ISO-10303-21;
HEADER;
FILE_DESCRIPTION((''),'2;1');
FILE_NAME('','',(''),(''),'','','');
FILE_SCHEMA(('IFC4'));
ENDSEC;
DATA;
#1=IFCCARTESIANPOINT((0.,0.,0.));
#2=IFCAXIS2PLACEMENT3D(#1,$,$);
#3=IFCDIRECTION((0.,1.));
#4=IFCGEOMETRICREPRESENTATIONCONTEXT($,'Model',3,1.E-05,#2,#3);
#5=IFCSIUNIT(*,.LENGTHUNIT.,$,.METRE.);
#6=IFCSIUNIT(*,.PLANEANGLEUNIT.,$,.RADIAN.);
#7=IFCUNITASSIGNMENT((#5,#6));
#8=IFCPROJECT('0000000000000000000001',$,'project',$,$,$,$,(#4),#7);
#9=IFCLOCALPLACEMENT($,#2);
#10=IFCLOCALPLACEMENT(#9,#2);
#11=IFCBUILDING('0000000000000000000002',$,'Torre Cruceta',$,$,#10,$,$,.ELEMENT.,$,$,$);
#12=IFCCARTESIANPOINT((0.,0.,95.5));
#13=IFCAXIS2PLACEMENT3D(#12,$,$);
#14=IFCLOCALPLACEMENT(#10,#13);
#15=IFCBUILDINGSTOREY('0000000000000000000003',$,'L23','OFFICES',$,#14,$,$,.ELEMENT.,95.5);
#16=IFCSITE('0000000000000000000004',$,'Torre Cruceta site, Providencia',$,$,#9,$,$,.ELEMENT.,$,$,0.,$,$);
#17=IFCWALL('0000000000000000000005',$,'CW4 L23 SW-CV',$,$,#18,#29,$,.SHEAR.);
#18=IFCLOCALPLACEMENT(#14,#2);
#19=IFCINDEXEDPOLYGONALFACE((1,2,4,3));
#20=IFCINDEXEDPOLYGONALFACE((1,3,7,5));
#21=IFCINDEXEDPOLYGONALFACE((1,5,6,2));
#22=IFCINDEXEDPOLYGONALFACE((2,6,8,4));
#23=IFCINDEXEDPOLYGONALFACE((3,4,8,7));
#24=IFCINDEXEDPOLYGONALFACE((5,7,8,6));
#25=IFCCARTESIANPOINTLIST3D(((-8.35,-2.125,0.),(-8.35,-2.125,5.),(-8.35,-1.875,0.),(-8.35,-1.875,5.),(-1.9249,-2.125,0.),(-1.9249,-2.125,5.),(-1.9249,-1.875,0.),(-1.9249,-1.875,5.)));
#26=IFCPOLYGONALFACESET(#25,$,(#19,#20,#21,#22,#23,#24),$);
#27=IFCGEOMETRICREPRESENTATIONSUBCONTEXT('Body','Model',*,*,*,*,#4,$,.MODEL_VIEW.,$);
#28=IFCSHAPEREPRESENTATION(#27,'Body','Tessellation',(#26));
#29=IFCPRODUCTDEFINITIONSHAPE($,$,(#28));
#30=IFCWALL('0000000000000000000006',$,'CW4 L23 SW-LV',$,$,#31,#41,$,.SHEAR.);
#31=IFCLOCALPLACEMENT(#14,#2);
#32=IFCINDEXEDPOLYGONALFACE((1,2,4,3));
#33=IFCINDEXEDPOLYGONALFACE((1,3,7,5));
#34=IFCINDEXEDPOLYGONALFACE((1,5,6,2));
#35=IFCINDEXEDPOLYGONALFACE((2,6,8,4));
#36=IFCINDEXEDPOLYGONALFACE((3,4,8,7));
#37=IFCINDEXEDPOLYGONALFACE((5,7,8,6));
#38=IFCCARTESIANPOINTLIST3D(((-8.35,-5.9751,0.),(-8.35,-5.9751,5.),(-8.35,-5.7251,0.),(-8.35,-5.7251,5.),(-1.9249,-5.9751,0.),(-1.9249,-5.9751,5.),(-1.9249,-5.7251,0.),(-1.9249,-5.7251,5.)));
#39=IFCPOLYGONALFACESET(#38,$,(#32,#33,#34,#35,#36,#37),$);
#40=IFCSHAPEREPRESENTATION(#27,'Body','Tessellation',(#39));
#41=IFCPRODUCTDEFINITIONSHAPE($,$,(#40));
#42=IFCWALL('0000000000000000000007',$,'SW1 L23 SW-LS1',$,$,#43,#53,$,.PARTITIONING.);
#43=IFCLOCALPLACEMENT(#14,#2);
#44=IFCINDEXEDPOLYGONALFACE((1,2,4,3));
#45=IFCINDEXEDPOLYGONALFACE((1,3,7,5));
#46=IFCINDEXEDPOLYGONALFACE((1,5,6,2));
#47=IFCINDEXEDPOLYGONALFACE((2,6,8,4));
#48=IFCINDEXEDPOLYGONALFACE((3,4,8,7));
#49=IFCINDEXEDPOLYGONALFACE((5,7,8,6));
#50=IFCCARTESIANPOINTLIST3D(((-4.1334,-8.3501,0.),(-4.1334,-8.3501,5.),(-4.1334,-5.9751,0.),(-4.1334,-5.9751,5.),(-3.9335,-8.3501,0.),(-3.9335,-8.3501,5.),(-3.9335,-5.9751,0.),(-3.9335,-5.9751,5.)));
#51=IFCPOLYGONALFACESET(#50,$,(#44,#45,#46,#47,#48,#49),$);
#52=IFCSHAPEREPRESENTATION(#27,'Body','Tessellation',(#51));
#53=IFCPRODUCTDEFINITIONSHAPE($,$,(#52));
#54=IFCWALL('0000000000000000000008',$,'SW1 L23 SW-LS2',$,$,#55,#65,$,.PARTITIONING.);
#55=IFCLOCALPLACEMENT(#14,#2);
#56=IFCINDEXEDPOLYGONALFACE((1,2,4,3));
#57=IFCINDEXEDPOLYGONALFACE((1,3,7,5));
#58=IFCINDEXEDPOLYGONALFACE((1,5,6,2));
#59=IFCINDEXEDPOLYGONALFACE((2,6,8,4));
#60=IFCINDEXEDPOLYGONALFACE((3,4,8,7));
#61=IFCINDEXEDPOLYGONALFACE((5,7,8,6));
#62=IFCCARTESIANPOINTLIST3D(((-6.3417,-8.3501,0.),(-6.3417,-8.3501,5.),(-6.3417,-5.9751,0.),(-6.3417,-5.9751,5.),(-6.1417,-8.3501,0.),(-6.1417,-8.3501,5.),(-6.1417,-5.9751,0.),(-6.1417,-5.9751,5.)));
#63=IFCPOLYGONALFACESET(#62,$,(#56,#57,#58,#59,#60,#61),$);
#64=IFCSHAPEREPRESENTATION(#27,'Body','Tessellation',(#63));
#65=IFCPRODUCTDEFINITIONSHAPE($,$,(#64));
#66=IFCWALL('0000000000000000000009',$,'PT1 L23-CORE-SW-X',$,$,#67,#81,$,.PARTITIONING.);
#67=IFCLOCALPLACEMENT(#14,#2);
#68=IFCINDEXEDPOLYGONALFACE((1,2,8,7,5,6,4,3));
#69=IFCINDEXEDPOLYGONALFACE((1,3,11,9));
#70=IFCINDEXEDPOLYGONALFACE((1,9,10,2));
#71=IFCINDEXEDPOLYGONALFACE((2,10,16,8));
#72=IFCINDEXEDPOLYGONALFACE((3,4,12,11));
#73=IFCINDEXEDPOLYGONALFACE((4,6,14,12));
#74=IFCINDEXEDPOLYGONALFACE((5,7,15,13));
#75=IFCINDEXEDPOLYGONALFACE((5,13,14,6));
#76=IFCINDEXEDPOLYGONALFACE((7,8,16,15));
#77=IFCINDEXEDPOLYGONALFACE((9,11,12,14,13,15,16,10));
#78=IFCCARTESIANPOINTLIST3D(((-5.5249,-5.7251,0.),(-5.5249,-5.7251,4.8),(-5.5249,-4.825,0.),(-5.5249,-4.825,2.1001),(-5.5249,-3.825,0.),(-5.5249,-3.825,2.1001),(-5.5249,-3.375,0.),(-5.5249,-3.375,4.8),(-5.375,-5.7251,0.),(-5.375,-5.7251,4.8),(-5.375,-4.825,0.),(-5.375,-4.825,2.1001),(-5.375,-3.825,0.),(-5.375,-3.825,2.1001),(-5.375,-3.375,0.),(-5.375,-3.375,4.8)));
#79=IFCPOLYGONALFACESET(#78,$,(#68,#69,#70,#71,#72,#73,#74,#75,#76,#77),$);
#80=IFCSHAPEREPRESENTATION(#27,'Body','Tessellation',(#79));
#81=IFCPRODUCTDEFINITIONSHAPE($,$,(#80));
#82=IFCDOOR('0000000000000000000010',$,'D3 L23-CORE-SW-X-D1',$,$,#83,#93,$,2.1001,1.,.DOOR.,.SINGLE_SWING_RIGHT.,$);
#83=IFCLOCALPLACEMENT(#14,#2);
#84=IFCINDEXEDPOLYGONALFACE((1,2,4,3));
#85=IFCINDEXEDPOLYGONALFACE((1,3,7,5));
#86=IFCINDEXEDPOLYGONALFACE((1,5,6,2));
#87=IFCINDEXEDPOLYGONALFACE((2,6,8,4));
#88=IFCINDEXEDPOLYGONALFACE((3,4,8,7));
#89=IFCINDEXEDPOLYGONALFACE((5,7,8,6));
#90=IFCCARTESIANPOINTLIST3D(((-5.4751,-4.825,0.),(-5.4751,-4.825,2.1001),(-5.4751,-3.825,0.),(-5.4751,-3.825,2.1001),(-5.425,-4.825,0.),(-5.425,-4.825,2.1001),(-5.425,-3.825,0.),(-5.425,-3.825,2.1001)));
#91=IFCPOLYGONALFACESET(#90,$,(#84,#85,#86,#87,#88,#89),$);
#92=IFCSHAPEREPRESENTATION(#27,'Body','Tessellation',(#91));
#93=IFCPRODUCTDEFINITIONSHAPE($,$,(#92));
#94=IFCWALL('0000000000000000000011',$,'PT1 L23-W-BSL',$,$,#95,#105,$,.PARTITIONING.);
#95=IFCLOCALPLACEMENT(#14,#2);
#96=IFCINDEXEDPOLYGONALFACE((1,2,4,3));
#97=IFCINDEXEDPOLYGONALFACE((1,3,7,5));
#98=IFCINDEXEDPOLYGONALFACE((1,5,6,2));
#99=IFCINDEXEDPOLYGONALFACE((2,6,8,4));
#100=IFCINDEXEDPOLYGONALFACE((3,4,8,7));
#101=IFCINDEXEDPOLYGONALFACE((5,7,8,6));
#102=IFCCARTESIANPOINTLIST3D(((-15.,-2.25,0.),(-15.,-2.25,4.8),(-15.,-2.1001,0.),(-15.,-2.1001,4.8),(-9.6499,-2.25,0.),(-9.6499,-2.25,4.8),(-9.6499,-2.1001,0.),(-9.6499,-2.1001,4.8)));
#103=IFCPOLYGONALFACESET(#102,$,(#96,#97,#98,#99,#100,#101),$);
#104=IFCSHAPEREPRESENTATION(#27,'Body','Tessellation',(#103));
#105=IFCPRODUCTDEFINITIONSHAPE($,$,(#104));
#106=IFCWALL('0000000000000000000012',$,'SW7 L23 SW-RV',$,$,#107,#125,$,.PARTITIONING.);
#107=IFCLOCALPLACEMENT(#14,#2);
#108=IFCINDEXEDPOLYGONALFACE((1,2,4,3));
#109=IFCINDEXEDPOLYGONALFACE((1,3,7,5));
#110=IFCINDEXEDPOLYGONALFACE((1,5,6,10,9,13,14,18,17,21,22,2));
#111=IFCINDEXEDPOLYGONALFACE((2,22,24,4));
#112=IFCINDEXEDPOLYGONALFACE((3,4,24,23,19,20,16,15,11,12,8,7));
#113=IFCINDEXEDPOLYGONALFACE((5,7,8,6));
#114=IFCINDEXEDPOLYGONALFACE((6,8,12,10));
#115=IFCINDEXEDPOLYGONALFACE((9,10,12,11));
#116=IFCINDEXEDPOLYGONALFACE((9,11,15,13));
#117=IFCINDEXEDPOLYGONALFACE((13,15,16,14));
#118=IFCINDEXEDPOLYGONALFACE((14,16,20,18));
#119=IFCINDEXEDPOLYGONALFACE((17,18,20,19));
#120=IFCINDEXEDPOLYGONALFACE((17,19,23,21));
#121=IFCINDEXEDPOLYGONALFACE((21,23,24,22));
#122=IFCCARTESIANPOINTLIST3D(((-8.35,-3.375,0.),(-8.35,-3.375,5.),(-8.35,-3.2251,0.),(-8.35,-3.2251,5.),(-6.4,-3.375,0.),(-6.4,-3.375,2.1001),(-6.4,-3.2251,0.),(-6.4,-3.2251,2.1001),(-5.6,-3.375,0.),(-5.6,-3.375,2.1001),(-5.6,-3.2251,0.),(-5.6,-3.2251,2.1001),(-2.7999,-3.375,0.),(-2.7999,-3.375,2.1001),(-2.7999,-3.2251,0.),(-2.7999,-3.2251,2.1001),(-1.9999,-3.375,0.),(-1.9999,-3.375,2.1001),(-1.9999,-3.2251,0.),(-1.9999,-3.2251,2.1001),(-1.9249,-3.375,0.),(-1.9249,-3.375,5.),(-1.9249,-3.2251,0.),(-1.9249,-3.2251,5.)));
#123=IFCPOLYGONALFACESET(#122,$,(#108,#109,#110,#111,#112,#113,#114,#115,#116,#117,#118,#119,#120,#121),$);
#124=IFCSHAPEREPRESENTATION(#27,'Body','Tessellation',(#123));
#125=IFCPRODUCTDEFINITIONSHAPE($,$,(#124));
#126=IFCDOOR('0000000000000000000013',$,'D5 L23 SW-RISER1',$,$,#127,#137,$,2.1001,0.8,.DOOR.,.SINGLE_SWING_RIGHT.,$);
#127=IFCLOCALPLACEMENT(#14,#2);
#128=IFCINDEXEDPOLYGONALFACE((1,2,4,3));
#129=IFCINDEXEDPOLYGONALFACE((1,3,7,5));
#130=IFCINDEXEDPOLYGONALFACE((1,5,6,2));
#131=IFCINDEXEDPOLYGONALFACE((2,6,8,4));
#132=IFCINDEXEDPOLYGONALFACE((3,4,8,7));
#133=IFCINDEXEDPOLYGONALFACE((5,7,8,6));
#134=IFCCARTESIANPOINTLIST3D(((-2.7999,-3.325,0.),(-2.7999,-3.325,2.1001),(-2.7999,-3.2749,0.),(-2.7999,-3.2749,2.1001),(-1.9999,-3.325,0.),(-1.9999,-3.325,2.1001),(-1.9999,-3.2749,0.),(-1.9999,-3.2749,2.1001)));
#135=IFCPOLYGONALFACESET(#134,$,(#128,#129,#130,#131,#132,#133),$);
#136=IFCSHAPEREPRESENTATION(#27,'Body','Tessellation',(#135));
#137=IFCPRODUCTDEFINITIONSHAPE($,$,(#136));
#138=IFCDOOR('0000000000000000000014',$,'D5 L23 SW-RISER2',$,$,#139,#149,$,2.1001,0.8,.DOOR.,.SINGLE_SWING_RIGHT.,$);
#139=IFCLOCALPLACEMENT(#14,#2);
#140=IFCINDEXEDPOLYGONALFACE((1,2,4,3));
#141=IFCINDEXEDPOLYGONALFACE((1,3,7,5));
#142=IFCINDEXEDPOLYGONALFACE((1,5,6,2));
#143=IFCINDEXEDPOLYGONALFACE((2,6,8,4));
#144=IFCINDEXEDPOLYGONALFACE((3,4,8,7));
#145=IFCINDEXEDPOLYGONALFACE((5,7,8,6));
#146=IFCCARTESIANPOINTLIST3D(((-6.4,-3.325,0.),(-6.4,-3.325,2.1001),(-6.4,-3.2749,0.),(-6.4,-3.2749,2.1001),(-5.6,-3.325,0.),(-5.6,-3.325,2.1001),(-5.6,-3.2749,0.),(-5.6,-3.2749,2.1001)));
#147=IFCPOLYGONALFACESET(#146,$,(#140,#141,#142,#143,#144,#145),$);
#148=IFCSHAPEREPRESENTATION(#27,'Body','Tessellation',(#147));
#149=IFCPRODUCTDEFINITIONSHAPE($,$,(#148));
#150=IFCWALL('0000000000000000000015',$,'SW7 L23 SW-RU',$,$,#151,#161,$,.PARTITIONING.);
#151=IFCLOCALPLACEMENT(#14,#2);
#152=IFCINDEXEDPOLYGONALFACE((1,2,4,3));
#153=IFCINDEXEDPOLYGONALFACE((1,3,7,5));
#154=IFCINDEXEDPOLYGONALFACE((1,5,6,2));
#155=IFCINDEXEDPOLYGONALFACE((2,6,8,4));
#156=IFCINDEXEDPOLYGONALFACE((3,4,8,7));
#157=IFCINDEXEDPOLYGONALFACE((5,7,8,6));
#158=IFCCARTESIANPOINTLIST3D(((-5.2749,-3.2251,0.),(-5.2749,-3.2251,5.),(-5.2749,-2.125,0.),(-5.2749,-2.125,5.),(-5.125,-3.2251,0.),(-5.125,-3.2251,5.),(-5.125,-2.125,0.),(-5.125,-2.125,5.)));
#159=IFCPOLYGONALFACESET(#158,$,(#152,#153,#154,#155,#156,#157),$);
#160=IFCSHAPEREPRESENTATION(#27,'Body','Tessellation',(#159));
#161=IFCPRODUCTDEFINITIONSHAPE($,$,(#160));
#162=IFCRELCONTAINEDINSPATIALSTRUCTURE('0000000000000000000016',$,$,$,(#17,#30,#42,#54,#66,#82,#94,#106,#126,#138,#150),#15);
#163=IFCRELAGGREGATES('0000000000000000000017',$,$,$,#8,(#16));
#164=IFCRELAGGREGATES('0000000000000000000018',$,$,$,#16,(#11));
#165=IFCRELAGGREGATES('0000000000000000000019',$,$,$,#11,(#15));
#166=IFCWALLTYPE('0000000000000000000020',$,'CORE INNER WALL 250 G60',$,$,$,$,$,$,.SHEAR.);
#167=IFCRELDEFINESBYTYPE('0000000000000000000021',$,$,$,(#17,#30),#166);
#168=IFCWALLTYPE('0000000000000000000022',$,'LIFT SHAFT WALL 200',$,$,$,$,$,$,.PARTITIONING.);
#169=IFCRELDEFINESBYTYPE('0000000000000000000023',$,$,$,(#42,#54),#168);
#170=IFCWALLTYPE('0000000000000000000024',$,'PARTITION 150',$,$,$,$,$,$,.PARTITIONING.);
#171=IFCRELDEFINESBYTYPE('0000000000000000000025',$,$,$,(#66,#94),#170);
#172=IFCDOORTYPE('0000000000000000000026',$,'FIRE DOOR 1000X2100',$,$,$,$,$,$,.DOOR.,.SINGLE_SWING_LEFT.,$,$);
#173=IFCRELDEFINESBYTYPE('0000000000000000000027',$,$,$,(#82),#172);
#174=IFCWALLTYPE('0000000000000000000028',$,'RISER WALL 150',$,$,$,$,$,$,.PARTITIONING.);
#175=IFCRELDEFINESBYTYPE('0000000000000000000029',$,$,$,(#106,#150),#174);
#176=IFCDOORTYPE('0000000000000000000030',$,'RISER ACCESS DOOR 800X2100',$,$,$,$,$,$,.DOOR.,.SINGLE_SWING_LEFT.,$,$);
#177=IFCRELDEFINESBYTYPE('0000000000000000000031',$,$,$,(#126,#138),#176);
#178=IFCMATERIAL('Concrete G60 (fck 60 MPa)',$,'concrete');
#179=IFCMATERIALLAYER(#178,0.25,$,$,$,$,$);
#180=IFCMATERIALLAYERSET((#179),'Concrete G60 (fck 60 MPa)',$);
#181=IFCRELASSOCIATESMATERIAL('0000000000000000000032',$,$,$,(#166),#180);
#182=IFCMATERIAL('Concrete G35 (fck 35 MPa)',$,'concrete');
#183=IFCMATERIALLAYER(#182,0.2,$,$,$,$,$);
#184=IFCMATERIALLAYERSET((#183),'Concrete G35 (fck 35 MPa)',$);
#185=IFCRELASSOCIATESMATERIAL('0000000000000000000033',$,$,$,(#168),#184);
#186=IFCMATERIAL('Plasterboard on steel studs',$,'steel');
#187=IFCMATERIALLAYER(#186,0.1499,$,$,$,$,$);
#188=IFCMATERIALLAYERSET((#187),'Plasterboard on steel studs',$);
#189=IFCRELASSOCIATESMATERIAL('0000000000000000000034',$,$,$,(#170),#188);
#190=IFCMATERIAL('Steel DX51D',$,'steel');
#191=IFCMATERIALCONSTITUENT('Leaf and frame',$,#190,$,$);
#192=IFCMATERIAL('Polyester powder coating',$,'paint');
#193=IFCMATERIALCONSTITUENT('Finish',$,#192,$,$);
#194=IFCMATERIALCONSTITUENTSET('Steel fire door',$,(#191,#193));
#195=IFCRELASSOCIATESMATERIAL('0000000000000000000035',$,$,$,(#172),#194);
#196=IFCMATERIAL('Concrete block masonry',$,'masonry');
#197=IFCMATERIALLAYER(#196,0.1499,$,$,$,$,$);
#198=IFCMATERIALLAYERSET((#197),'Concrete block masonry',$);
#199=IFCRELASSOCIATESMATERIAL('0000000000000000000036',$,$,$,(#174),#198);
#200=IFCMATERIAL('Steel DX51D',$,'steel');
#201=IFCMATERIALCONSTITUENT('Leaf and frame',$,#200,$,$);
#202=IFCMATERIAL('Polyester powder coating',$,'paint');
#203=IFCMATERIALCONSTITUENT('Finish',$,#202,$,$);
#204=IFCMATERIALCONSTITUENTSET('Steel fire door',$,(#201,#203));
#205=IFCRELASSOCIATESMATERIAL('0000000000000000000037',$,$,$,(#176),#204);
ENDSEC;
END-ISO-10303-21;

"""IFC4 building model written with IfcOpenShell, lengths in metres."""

from ifc_helpers import new_model, si_unit, direction, frame, frame_2d, origin, place, context, subcontext, project, spatial, rectangle, extrude, material, layer, layer_set, constituent, constituent_set, type_object, element, fill, save


model = new_model("IFC4")

# Units and contexts
model_context = context("Model", 3, precision=1e-05, world=origin(), true_north=direction((0.0, 1.0)))
body_context = subcontext(model_context, "Body", "Model", "MODEL_VIEW")
ifc_project = project(units=[si_unit("LENGTHUNIT", "METRE"), si_unit("PLANEANGLEUNIT", "RADIAN")], contexts=[model_context])

# Site, building, storey
site_placement = place(None, origin())
site = spatial("IfcSite", under=ifc_project, at=site_placement, Name="Torre Cruceta site, Providencia", CompositionType="ELEMENT", RefElevation=0.0)
building_placement = place(site_placement, origin())
building = spatial("IfcBuilding", under=site, at=building_placement, Name="Torre Cruceta", CompositionType="ELEMENT")
storey_placement = place(building_placement, frame((0.0, 0.0, 95.5)))
storey = spatial("IfcBuildingStorey", under=building, at=storey_placement, Name="L23", Description="OFFICES", CompositionType="ELEMENT", Elevation=95.5)

# Shared definitions
ifc_material_1 = material(Name="Concrete G60 (fck 60 MPa)", Category="concrete")
ifc_layer_1 = layer(ifc_material_1, 0.25)
ifc_layer_set_1 = layer_set([ifc_layer_1], Name="Concrete G60 (fck 60 MPa)")
wall_type_1 = type_object("IfcWallType", Name="CORE INNER WALL 250 G60", PredefinedType="SHEAR", material=ifc_layer_set_1)

# Walls
for number, where, z_axis, x_axis, name in (
    (1, (-1.925, -2.0, 0.0), (0.0, 0.0, 1.0), (-1.0, 0.0, 0.0), "CW4 L23 SW-CV"),
    (2, (-1.925, -5.8501, 0.0), (0.0, 0.0, 1.0), (-1.0, 0.0, 0.0), "CW4 L23 SW-LV"),
):
    element("IfcWall", number, at=place(storey_placement, frame(where, z_axis=z_axis, x_axis=x_axis)), inside=storey, type_object=wall_type_1, Name=name, PredefinedType="SHEAR", context=body_context, shape_type="SweptSolid", body=[
        extrude(rectangle(XDim=6.425, YDim=0.25, at=frame_2d((3.2124, 0.0))), origin(), (0.0, 0.0, 1.0), 5.0),
    ])

# Walls
ifc_material_2 = material(Name="Concrete G35 (fck 35 MPa)", Category="concrete")
ifc_layer_2 = layer(ifc_material_2, 0.2)
ifc_layer_set_2 = layer_set([ifc_layer_2], Name="Concrete G35 (fck 35 MPa)")
wall_type_2 = type_object("IfcWallType", Name="LIFT SHAFT WALL 200", PredefinedType="PARTITIONING", material=ifc_layer_set_2)
for number, where, z_axis, x_axis, name in (
    (3, (-4.0334, -5.9751, 0.0), (0.0, 0.0, 1.0), (0.0, -1.0, 0.0), "SW1 L23 SW-LS1"),
    (4, (-6.2417, -5.9751, 0.0), (0.0, 0.0, 1.0), (0.0, -1.0, 0.0), "SW1 L23 SW-LS2"),
):
    element("IfcWall", number, at=place(storey_placement, frame(where, z_axis=z_axis, x_axis=x_axis)), inside=storey, type_object=wall_type_2, Name=name, PredefinedType="PARTITIONING", context=body_context, shape_type="SweptSolid", body=[
        extrude(rectangle(XDim=2.375, YDim=0.2, at=frame_2d((1.1875, 0.0))), origin(), (0.0, 0.0, 1.0), 5.0),
    ])

# Wall, opening, door
ifc_material_3 = material(Name="Plasterboard on steel studs", Category="steel")
ifc_layer_3 = layer(ifc_material_3, 0.1499)
ifc_layer_set_3 = layer_set([ifc_layer_3], Name="Plasterboard on steel studs")
wall_type_3 = type_object("IfcWallType", Name="PARTITION 150", PredefinedType="PARTITIONING", material=ifc_layer_set_3)
wall_1_placement = place(storey_placement, frame((-5.45, -3.375, 0.0), z_axis=(0.0, 0.0, 1.0), x_axis=(0.0, -1.0, 0.0)))
wall_1 = element("IfcWall", 5, at=wall_1_placement, inside=storey, type_object=wall_type_3, Name="PT1 L23-CORE-SW-X", PredefinedType="PARTITIONING", context=body_context, shape_type="SweptSolid", body=[
    extrude(rectangle(XDim=2.3501, YDim=0.1499, at=frame_2d((1.175, 0.0))), origin(), (0.0, 0.0, 1.0), 4.8),
])
opening_1_placement = place(wall_1_placement, frame((0.45, 0.0, 0.0)))
opening_1 = element("IfcOpeningElement", 6, at=opening_1_placement, cuts=wall_1, PredefinedType="OPENING", context=body_context, shape_type="SweptSolid", body=[
    extrude(rectangle(XDim=1.0, YDim=2.1001, at=frame_2d((0.5, 1.05))), frame((0.0, 0.085, 0.0), z_axis=(0.0, -1.0, 0.0), x_axis=(1.0, 0.0, 0.0)), (0.0, 0.0, 1.0), 0.1699),
])
ifc_material_4 = material(Name="Steel DX51D", Category="steel")
ifc_constituent_1 = constituent(ifc_material_4, Name="Leaf and frame")
ifc_material_5 = material(Name="Polyester powder coating", Category="paint")
ifc_constituent_2 = constituent(ifc_material_5, Name="Finish")
ifc_constituent_set_1 = constituent_set(constituents=[ifc_constituent_1, ifc_constituent_2], Name="Steel fire door")
door_type_1 = type_object("IfcDoorType", Name="FIRE DOOR 1000X2100", OperationType="SINGLE_SWING_LEFT", PredefinedType="DOOR", material=ifc_constituent_set_1)
door_1_placement = place(opening_1_placement, frame((1.0, 0.0, 0.0), z_axis=(0.0, 0.0, 1.0), x_axis=(-1.0, 0.0, 0.0)))
door_1 = element("IfcDoor", 7, at=door_1_placement, inside=storey, type_object=door_type_1, Name="D3 L23-CORE-SW-X-D1", OperationType="SINGLE_SWING_RIGHT", OverallHeight=2.1001, OverallWidth=1.0, PredefinedType="DOOR", context=body_context, shape_type="SweptSolid", body=[
    extrude(rectangle(XDim=1.0, YDim=2.1001, at=frame_2d((0.5, 1.05))), frame((0.0, 0.0251, 0.0), z_axis=(0.0, -1.0, 0.0), x_axis=(1.0, 0.0, 0.0)), (0.0, 0.0, 1.0), 0.05),
])
fill(opening_1, door_1)

# Wall
wall_2_placement = place(storey_placement, frame((-9.6499, -2.175, 0.0), z_axis=(0.0, 0.0, 1.0), x_axis=(-1.0, 0.0, 0.0)))
element("IfcWall", 8, at=wall_2_placement, inside=storey, type_object=wall_type_3, Name="PT1 L23-W-BSL", PredefinedType="PARTITIONING", context=body_context, shape_type="SweptSolid", body=[
    extrude(rectangle(XDim=5.3501, YDim=0.1499, at=frame_2d((2.675, 0.0))), origin(), (0.0, 0.0, 1.0), 4.8),
])

# Wall, openings, doors
ifc_material_6 = material(Name="Concrete block masonry", Category="masonry")
ifc_layer_4 = layer(ifc_material_6, 0.1499)
ifc_layer_set_4 = layer_set([ifc_layer_4], Name="Concrete block masonry")
wall_type_4 = type_object("IfcWallType", Name="RISER WALL 150", PredefinedType="PARTITIONING", material=ifc_layer_set_4)
wall_3_placement = place(storey_placement, frame((-1.925, -3.3, 0.0), z_axis=(0.0, 0.0, 1.0), x_axis=(-1.0, 0.0, 0.0)))
wall_3 = element("IfcWall", 9, at=wall_3_placement, inside=storey, type_object=wall_type_4, Name="SW7 L23 SW-RV", PredefinedType="PARTITIONING", context=body_context, shape_type="SweptSolid", body=[
    extrude(rectangle(XDim=6.425, YDim=0.1499, at=frame_2d((3.2124, 0.0))), origin(), (0.0, 0.0, 1.0), 5.0),
])
opening_2_placement = place(wall_3_placement, frame((0.075, 0.0, 0.0)))
opening_2 = element("IfcOpeningElement", 10, at=opening_2_placement, cuts=wall_3, PredefinedType="OPENING", context=body_context, shape_type="SweptSolid", body=[
    extrude(rectangle(XDim=0.8, YDim=2.1001, at=frame_2d((0.3999, 1.05))), frame((0.0, 0.085, 0.0), z_axis=(0.0, -1.0, 0.0), x_axis=(1.0, 0.0, 0.0)), (0.0, 0.0, 1.0), 0.1699),
])
opening_3_placement = place(wall_3_placement, frame((3.675, 0.0, 0.0)))
opening_3 = element("IfcOpeningElement", 11, at=opening_3_placement, cuts=wall_3, PredefinedType="OPENING", context=body_context, shape_type="SweptSolid", body=[
    extrude(rectangle(XDim=0.8, YDim=2.1001, at=frame_2d((0.3999, 1.05))), frame((0.0, 0.085, 0.0), z_axis=(0.0, -1.0, 0.0), x_axis=(1.0, 0.0, 0.0)), (0.0, 0.0, 1.0), 0.1699),
])
ifc_material_7 = material(Name="Steel DX51D", Category="steel")
ifc_constituent_3 = constituent(ifc_material_7, Name="Leaf and frame")
ifc_material_8 = material(Name="Polyester powder coating", Category="paint")
ifc_constituent_4 = constituent(ifc_material_8, Name="Finish")
ifc_constituent_set_2 = constituent_set(constituents=[ifc_constituent_3, ifc_constituent_4], Name="Steel fire door")
door_type_2 = type_object("IfcDoorType", Name="RISER ACCESS DOOR 800X2100", OperationType="SINGLE_SWING_LEFT", PredefinedType="DOOR", material=ifc_constituent_set_2)
door_2_placement = place(opening_2_placement, frame((0.8, 0.0, 0.0), z_axis=(0.0, 0.0, 1.0), x_axis=(-1.0, 0.0, 0.0)))
door_2 = element("IfcDoor", 12, at=door_2_placement, inside=storey, type_object=door_type_2, Name="D5 L23 SW-RISER1", OperationType="SINGLE_SWING_RIGHT", OverallHeight=2.1001, OverallWidth=0.8, PredefinedType="DOOR", context=body_context, shape_type="SweptSolid", body=[
    extrude(rectangle(XDim=0.8, YDim=2.1001, at=frame_2d((0.4001, 1.05))), frame((0.0, 0.0251, 0.0), z_axis=(0.0, -1.0, 0.0), x_axis=(1.0, 0.0, 0.0)), (0.0, 0.0, 1.0), 0.05),
])
fill(opening_2, door_2)
door_3_placement = place(opening_3_placement, frame((0.8, 0.0, 0.0), z_axis=(0.0, 0.0, 1.0), x_axis=(-1.0, 0.0, 0.0)))
door_3 = element("IfcDoor", 13, at=door_3_placement, inside=storey, type_object=door_type_2, Name="D5 L23 SW-RISER2", OperationType="SINGLE_SWING_RIGHT", OverallHeight=2.1001, OverallWidth=0.8, PredefinedType="DOOR", context=body_context, shape_type="SweptSolid", body=[
    extrude(rectangle(XDim=0.8, YDim=2.1001, at=frame_2d((0.4001, 1.05))), frame((0.0, 0.0251, 0.0), z_axis=(0.0, -1.0, 0.0), x_axis=(1.0, 0.0, 0.0)), (0.0, 0.0, 1.0), 0.05),
])
fill(opening_3, door_3)

# Wall
wall_4_placement = place(storey_placement, frame((-5.2, -2.125, 0.0), z_axis=(0.0, 0.0, 1.0), x_axis=(0.0, -1.0, 0.0)))
element("IfcWall", 14, at=wall_4_placement, inside=storey, type_object=wall_type_4, Name="SW7 L23 SW-RU", PredefinedType="PARTITIONING", context=body_context, shape_type="SweptSolid", body=[
    extrude(rectangle(XDim=1.1001, YDim=0.1499, at=frame_2d((0.55, 0.0))), origin(), (0.0, 0.0, 1.0), 5.0),
])

save(model, "model.ifc")
